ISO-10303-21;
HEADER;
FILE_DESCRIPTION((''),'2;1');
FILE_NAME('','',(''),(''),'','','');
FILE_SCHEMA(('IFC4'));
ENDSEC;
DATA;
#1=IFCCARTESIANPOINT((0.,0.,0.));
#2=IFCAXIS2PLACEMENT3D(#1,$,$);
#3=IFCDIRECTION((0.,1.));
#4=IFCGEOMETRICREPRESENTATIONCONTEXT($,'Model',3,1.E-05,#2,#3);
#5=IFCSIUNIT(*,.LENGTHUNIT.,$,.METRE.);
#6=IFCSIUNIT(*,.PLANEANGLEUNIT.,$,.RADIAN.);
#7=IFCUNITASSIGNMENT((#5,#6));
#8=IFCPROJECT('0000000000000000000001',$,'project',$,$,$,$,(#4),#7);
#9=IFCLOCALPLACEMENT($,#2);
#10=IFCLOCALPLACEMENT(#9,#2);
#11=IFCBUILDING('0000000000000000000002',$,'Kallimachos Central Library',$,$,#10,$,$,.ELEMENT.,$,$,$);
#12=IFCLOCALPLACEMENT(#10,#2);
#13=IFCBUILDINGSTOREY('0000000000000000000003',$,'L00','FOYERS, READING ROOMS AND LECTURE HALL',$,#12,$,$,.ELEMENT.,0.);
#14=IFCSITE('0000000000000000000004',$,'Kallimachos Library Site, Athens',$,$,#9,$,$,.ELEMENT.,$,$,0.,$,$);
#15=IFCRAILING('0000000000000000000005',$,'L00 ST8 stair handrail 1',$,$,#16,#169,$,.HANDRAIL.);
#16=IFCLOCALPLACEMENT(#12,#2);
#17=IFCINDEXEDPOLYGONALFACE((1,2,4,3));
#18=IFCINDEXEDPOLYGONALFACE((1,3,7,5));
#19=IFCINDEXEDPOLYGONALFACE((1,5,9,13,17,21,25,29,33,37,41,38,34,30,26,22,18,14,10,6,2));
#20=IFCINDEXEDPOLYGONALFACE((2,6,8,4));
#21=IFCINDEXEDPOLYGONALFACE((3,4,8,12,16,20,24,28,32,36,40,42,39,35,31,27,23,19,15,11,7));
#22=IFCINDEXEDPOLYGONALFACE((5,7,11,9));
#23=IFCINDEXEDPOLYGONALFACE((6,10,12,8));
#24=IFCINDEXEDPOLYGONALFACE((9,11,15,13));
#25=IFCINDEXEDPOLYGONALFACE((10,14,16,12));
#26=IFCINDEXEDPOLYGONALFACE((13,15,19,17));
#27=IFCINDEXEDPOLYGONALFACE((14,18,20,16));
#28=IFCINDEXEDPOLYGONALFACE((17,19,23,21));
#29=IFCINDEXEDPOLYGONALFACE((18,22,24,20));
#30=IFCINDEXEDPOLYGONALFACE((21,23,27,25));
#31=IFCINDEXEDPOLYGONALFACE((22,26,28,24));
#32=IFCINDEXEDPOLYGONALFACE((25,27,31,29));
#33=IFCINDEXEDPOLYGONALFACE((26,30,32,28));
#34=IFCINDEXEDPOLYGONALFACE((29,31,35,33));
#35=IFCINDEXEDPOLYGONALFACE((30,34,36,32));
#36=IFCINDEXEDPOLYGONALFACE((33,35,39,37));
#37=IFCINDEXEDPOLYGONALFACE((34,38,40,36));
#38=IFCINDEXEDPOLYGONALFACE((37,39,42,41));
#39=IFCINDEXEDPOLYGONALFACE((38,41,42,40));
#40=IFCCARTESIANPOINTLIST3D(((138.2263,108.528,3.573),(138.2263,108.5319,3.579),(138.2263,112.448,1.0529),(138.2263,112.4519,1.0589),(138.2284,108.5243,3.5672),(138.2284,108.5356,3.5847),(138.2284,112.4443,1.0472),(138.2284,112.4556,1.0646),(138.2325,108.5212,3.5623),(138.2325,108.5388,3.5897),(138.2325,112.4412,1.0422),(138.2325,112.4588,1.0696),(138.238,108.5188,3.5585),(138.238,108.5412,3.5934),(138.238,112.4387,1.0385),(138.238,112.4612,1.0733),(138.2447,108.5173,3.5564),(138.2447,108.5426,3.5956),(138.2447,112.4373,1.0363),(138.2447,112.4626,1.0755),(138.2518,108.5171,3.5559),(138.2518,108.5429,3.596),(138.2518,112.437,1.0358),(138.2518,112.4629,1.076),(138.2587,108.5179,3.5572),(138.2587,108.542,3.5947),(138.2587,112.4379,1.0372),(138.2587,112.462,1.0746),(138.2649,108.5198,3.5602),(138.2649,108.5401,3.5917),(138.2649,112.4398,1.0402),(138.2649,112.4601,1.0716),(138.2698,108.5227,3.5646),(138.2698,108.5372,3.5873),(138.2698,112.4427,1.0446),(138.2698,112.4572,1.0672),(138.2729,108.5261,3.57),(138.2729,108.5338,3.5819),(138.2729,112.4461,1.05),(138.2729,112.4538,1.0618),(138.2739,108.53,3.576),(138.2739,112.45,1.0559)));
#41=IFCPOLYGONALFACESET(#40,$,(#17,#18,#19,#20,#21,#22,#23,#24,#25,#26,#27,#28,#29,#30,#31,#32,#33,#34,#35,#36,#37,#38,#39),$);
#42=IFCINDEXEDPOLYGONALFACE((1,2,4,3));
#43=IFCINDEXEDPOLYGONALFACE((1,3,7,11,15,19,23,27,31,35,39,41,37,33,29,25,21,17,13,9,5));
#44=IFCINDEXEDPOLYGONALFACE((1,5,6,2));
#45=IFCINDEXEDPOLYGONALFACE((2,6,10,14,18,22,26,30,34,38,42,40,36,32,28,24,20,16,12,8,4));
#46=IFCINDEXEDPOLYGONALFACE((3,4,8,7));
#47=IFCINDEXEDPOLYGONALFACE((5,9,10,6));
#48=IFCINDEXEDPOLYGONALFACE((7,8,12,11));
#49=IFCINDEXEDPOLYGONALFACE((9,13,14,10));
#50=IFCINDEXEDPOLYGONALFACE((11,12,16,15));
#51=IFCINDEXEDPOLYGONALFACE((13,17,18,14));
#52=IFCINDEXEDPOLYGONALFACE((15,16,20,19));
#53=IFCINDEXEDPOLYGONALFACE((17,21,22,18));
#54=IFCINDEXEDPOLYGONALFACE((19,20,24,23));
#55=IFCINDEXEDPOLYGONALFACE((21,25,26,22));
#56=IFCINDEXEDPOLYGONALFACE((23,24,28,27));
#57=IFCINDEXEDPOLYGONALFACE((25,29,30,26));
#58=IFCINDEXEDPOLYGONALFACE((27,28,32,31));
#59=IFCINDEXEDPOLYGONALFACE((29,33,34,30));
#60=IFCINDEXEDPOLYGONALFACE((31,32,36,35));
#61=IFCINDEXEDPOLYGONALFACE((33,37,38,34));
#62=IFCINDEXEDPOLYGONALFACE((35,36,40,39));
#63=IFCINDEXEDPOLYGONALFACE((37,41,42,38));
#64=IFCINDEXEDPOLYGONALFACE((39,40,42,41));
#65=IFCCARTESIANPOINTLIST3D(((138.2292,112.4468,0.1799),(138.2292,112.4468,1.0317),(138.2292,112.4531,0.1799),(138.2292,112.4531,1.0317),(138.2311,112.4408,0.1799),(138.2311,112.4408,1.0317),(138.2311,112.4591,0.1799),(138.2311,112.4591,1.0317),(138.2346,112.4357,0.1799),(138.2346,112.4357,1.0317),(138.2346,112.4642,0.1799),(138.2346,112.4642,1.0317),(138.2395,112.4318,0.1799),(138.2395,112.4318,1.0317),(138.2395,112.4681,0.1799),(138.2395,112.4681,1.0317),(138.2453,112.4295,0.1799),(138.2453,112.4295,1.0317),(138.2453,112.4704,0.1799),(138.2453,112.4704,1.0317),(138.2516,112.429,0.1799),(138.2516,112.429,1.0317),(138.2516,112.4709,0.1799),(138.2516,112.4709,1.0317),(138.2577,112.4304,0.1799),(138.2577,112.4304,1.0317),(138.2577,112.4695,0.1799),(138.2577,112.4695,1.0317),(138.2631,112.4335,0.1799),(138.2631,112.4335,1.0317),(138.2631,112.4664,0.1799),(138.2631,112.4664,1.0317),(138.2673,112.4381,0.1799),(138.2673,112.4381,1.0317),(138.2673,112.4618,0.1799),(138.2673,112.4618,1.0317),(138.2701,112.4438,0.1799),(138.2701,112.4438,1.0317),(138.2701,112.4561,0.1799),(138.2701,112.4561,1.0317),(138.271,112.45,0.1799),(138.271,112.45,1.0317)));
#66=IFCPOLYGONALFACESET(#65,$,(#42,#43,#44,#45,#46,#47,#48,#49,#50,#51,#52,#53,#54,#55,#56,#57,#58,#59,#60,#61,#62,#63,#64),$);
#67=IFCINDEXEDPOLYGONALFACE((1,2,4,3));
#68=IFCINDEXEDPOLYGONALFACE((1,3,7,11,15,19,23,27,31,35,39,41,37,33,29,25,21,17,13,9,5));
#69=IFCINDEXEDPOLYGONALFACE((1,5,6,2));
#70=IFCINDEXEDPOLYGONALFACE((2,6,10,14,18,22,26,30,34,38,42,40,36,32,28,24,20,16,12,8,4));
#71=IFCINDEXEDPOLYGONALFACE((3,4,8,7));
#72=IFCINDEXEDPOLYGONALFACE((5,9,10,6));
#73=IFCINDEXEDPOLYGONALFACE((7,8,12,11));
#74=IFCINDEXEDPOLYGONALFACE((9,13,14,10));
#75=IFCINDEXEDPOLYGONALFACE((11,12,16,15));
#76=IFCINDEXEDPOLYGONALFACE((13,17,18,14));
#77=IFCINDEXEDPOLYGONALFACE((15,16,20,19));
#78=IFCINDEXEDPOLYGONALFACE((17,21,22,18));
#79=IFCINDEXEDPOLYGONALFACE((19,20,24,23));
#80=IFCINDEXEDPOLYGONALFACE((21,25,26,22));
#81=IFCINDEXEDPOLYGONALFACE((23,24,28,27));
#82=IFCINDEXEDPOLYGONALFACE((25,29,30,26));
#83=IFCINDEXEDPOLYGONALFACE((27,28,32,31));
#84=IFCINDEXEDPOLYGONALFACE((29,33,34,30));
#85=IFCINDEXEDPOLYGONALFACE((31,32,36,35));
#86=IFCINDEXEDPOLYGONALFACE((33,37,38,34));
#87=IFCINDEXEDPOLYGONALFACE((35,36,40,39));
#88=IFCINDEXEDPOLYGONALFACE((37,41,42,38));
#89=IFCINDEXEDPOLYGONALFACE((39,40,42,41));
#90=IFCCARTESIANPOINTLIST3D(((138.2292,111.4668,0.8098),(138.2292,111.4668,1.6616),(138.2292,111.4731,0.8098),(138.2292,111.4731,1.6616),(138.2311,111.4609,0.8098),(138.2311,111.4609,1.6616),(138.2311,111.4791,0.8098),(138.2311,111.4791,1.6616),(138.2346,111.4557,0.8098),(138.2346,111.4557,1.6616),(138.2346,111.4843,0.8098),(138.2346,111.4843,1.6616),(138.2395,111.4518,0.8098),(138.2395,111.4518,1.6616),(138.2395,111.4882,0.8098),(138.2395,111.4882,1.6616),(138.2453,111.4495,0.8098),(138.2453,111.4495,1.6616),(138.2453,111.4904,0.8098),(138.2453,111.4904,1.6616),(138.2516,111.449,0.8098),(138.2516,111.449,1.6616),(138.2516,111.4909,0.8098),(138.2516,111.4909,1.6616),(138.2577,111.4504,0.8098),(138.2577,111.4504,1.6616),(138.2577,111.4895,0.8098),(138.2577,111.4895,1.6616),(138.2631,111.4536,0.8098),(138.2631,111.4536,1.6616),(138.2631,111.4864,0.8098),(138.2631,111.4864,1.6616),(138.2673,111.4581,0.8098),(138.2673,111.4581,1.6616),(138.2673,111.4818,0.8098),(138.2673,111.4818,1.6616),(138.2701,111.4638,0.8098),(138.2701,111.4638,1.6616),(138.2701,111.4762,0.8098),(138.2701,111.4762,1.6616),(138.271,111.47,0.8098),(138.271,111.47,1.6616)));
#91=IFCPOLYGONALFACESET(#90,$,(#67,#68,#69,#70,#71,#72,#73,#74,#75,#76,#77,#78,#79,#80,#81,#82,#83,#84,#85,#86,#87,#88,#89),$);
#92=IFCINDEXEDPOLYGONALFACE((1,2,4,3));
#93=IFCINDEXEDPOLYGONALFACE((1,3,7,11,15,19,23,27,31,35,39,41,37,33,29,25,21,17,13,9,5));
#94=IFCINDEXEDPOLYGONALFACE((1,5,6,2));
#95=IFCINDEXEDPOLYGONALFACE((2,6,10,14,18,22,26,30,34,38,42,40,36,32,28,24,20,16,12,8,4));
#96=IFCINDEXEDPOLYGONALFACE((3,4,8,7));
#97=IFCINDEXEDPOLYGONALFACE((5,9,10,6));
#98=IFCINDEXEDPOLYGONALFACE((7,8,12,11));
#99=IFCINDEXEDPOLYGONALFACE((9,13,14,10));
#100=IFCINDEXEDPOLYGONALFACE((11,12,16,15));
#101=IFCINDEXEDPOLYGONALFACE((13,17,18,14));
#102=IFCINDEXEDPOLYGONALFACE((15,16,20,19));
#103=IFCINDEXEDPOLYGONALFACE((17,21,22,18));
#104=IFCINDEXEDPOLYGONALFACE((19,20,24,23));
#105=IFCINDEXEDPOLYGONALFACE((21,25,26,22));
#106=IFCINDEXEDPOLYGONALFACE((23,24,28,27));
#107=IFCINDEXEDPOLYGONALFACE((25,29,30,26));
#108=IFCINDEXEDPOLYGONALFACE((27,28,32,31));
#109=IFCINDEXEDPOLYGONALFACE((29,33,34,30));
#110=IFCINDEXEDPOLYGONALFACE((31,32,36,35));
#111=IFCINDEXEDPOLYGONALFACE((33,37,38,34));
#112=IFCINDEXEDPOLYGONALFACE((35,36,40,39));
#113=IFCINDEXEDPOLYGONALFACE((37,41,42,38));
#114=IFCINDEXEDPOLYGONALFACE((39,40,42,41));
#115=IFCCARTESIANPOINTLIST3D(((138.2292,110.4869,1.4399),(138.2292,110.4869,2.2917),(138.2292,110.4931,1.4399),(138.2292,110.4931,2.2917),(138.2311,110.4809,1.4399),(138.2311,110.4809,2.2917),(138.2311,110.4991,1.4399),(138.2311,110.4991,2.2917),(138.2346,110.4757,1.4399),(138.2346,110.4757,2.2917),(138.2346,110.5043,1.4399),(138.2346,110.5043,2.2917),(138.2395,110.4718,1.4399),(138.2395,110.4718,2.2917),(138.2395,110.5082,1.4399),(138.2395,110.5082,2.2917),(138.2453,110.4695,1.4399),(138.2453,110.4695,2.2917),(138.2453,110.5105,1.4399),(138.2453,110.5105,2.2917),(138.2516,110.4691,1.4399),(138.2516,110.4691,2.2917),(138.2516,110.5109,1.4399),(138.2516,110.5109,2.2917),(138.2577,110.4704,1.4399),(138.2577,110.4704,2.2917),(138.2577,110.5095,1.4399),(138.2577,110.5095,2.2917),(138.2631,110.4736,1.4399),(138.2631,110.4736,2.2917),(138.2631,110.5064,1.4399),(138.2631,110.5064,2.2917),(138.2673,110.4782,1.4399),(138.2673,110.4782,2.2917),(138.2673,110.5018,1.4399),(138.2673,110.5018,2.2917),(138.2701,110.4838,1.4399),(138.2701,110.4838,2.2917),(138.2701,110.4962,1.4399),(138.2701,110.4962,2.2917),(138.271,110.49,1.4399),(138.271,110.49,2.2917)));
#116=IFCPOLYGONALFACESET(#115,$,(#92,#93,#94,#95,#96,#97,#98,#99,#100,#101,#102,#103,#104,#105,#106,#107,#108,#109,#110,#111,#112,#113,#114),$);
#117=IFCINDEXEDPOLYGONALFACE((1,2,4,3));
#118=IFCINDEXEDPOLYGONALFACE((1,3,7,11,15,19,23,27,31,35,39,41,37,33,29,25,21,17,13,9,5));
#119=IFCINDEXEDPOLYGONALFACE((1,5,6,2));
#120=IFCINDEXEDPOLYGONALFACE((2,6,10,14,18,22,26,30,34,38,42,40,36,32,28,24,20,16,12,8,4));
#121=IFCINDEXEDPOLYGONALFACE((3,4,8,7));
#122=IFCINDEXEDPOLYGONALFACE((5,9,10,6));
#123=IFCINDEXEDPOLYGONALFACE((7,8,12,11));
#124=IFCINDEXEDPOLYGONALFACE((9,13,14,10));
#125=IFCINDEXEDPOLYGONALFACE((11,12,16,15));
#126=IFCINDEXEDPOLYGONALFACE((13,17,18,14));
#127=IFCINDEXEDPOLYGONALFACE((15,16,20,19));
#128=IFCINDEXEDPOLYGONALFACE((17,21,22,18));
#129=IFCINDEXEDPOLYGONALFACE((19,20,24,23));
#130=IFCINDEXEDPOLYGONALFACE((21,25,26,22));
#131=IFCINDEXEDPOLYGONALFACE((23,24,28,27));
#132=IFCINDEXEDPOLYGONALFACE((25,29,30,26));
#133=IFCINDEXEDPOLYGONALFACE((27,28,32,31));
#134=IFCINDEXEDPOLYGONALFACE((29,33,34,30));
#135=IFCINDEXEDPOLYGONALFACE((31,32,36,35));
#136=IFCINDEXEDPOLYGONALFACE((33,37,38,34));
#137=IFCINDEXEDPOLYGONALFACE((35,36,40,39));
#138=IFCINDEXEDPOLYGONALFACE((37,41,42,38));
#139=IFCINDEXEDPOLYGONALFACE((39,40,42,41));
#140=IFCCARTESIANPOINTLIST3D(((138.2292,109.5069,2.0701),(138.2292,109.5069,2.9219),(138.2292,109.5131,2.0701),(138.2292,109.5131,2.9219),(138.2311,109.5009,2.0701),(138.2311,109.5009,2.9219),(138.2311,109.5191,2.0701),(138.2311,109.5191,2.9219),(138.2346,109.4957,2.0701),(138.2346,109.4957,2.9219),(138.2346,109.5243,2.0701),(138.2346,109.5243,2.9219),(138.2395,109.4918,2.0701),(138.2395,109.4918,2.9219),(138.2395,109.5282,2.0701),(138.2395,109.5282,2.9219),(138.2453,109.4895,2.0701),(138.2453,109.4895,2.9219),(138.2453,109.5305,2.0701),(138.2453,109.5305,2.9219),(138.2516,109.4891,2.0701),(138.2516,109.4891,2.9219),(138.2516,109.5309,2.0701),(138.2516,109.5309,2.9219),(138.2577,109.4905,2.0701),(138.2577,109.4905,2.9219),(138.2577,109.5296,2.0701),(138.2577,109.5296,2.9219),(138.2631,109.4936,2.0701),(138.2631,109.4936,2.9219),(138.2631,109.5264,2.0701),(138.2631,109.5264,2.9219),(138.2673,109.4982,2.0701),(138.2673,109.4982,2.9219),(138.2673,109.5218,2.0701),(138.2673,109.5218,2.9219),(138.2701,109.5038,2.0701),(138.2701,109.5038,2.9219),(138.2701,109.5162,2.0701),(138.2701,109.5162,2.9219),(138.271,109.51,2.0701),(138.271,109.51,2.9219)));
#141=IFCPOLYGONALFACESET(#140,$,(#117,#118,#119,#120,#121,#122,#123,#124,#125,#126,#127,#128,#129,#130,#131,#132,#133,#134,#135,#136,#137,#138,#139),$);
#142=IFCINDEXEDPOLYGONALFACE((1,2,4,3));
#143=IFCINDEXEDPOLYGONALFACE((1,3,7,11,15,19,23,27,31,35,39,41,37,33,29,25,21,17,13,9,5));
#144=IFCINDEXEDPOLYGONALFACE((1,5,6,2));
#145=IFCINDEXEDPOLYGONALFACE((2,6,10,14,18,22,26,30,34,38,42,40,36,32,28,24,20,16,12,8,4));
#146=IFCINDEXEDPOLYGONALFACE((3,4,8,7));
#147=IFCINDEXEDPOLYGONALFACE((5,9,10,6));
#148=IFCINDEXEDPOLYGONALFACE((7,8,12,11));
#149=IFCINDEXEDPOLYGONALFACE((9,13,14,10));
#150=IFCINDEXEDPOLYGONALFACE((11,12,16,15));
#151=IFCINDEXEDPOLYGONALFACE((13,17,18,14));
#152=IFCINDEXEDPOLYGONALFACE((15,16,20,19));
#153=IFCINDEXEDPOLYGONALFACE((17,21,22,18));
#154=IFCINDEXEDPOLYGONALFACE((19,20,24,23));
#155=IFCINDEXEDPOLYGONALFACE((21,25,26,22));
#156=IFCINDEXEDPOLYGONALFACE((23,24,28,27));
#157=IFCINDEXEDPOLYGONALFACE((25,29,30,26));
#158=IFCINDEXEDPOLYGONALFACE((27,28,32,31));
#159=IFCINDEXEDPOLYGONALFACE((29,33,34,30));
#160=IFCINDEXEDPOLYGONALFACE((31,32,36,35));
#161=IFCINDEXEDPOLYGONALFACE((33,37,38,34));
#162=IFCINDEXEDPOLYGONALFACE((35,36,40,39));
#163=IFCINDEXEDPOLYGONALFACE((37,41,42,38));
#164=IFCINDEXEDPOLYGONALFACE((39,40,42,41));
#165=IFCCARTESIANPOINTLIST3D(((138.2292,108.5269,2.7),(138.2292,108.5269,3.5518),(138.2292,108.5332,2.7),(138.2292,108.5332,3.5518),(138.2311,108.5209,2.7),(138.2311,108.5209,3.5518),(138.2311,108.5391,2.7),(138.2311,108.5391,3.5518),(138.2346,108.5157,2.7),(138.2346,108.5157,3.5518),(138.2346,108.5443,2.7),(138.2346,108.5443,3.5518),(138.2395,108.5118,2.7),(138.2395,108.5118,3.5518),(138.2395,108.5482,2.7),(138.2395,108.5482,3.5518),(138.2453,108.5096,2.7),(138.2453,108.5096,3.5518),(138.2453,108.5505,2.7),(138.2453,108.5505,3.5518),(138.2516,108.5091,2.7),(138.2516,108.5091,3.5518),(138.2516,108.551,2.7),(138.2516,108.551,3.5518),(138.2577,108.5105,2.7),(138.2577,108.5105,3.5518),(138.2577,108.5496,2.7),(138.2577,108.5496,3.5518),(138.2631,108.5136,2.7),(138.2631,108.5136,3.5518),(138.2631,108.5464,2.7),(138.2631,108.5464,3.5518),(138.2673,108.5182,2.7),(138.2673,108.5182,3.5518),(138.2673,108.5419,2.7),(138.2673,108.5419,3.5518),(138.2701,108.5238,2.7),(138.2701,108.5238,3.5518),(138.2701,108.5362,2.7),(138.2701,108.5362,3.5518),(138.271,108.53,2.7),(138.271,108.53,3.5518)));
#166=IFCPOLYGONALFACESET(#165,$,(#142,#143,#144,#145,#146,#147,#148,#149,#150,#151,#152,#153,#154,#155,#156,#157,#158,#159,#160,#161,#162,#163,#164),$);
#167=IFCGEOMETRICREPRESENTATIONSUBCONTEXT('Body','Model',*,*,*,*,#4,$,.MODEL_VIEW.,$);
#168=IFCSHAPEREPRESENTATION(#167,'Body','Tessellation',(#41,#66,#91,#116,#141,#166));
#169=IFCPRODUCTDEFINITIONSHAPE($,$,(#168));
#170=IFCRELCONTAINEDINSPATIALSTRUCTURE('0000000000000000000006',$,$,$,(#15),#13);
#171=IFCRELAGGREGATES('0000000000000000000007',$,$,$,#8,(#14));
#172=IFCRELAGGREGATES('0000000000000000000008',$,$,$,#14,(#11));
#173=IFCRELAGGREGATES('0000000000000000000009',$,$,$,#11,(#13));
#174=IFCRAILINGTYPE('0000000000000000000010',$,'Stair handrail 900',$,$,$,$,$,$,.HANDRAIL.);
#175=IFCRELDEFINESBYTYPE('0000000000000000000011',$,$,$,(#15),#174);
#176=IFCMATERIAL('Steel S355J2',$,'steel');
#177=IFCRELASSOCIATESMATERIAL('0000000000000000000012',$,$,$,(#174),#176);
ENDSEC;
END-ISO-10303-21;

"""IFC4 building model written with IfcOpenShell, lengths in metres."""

from ifc_helpers import new_model, si_unit, direction, frame, origin, origin_2d, place, context, subcontext, project, spatial, circle, extrude, material, type_object, element, save


model = new_model("IFC4")

# Units and contexts
model_context = context("Model", 3, precision=1e-05, world=origin(), true_north=direction((0.0, 1.0)))
body_context = subcontext(model_context, "Body", "Model", "MODEL_VIEW")
ifc_project = project(units=[si_unit("LENGTHUNIT", "METRE"), si_unit("PLANEANGLEUNIT", "RADIAN")], contexts=[model_context])

# Site, building, storey
site_placement = place(None, origin())
site = spatial("IfcSite", under=ifc_project, at=site_placement, Name="Kallimachos Library Site, Athens", CompositionType="ELEMENT", RefElevation=0.0)
building_placement = place(site_placement, origin())
building = spatial("IfcBuilding", under=site, at=building_placement, Name="Kallimachos Central Library", CompositionType="ELEMENT")
storey_placement = place(building_placement, origin())
storey = spatial("IfcBuildingStorey", under=building, at=storey_placement, Name="L00", Description="FOYERS, READING ROOMS AND LECTURE HALL", CompositionType="ELEMENT", Elevation=0.0)

# Railing
ifc_material_1 = material(Name="Steel S355J2", Category="steel")
railing_type_1 = type_object("IfcRailingType", Name="Stair handrail 900", PredefinedType="HANDRAIL", material=ifc_material_1)
railing_1_placement = place(storey_placement, frame((138.25, 112.45, 0.1799)))
element("IfcRailing", 1, at=railing_1_placement, inside=storey, type_object=railing_type_1, Name="L00 ST8 stair handrail 1", PredefinedType="HANDRAIL", context=body_context, shape_type="SweptSolid", body=[
    extrude(circle(Radius=0.0239, at=origin_2d()), frame((0.0, 0.0, 0.876), z_axis=(0.0, -0.841172, 0.540768), x_axis=(1.0, 0.0, 0.0)), (0.0, 0.0, 1.0), 4.6602),
    extrude(circle(Radius=0.021, at=origin_2d()), origin(), (0.0, 0.0, 1.0), 0.8518),
    extrude(circle(Radius=0.021, at=origin_2d()), frame((0.0, -0.98, 0.6299)), (0.0, 0.0, 1.0), 0.8518),
    extrude(circle(Radius=0.021, at=origin_2d()), frame((0.0, -1.96, 1.26)), (0.0, 0.0, 1.0), 0.8518),
    extrude(circle(Radius=0.021, at=origin_2d()), frame((0.0, -2.9399, 1.8901)), (0.0, 0.0, 1.0), 0.8518),
    extrude(circle(Radius=0.021, at=origin_2d()), frame((0.0, -3.9199, 2.52)), (0.0, 0.0, 1.0), 0.8518),
])

save(model, "model.ifc")
